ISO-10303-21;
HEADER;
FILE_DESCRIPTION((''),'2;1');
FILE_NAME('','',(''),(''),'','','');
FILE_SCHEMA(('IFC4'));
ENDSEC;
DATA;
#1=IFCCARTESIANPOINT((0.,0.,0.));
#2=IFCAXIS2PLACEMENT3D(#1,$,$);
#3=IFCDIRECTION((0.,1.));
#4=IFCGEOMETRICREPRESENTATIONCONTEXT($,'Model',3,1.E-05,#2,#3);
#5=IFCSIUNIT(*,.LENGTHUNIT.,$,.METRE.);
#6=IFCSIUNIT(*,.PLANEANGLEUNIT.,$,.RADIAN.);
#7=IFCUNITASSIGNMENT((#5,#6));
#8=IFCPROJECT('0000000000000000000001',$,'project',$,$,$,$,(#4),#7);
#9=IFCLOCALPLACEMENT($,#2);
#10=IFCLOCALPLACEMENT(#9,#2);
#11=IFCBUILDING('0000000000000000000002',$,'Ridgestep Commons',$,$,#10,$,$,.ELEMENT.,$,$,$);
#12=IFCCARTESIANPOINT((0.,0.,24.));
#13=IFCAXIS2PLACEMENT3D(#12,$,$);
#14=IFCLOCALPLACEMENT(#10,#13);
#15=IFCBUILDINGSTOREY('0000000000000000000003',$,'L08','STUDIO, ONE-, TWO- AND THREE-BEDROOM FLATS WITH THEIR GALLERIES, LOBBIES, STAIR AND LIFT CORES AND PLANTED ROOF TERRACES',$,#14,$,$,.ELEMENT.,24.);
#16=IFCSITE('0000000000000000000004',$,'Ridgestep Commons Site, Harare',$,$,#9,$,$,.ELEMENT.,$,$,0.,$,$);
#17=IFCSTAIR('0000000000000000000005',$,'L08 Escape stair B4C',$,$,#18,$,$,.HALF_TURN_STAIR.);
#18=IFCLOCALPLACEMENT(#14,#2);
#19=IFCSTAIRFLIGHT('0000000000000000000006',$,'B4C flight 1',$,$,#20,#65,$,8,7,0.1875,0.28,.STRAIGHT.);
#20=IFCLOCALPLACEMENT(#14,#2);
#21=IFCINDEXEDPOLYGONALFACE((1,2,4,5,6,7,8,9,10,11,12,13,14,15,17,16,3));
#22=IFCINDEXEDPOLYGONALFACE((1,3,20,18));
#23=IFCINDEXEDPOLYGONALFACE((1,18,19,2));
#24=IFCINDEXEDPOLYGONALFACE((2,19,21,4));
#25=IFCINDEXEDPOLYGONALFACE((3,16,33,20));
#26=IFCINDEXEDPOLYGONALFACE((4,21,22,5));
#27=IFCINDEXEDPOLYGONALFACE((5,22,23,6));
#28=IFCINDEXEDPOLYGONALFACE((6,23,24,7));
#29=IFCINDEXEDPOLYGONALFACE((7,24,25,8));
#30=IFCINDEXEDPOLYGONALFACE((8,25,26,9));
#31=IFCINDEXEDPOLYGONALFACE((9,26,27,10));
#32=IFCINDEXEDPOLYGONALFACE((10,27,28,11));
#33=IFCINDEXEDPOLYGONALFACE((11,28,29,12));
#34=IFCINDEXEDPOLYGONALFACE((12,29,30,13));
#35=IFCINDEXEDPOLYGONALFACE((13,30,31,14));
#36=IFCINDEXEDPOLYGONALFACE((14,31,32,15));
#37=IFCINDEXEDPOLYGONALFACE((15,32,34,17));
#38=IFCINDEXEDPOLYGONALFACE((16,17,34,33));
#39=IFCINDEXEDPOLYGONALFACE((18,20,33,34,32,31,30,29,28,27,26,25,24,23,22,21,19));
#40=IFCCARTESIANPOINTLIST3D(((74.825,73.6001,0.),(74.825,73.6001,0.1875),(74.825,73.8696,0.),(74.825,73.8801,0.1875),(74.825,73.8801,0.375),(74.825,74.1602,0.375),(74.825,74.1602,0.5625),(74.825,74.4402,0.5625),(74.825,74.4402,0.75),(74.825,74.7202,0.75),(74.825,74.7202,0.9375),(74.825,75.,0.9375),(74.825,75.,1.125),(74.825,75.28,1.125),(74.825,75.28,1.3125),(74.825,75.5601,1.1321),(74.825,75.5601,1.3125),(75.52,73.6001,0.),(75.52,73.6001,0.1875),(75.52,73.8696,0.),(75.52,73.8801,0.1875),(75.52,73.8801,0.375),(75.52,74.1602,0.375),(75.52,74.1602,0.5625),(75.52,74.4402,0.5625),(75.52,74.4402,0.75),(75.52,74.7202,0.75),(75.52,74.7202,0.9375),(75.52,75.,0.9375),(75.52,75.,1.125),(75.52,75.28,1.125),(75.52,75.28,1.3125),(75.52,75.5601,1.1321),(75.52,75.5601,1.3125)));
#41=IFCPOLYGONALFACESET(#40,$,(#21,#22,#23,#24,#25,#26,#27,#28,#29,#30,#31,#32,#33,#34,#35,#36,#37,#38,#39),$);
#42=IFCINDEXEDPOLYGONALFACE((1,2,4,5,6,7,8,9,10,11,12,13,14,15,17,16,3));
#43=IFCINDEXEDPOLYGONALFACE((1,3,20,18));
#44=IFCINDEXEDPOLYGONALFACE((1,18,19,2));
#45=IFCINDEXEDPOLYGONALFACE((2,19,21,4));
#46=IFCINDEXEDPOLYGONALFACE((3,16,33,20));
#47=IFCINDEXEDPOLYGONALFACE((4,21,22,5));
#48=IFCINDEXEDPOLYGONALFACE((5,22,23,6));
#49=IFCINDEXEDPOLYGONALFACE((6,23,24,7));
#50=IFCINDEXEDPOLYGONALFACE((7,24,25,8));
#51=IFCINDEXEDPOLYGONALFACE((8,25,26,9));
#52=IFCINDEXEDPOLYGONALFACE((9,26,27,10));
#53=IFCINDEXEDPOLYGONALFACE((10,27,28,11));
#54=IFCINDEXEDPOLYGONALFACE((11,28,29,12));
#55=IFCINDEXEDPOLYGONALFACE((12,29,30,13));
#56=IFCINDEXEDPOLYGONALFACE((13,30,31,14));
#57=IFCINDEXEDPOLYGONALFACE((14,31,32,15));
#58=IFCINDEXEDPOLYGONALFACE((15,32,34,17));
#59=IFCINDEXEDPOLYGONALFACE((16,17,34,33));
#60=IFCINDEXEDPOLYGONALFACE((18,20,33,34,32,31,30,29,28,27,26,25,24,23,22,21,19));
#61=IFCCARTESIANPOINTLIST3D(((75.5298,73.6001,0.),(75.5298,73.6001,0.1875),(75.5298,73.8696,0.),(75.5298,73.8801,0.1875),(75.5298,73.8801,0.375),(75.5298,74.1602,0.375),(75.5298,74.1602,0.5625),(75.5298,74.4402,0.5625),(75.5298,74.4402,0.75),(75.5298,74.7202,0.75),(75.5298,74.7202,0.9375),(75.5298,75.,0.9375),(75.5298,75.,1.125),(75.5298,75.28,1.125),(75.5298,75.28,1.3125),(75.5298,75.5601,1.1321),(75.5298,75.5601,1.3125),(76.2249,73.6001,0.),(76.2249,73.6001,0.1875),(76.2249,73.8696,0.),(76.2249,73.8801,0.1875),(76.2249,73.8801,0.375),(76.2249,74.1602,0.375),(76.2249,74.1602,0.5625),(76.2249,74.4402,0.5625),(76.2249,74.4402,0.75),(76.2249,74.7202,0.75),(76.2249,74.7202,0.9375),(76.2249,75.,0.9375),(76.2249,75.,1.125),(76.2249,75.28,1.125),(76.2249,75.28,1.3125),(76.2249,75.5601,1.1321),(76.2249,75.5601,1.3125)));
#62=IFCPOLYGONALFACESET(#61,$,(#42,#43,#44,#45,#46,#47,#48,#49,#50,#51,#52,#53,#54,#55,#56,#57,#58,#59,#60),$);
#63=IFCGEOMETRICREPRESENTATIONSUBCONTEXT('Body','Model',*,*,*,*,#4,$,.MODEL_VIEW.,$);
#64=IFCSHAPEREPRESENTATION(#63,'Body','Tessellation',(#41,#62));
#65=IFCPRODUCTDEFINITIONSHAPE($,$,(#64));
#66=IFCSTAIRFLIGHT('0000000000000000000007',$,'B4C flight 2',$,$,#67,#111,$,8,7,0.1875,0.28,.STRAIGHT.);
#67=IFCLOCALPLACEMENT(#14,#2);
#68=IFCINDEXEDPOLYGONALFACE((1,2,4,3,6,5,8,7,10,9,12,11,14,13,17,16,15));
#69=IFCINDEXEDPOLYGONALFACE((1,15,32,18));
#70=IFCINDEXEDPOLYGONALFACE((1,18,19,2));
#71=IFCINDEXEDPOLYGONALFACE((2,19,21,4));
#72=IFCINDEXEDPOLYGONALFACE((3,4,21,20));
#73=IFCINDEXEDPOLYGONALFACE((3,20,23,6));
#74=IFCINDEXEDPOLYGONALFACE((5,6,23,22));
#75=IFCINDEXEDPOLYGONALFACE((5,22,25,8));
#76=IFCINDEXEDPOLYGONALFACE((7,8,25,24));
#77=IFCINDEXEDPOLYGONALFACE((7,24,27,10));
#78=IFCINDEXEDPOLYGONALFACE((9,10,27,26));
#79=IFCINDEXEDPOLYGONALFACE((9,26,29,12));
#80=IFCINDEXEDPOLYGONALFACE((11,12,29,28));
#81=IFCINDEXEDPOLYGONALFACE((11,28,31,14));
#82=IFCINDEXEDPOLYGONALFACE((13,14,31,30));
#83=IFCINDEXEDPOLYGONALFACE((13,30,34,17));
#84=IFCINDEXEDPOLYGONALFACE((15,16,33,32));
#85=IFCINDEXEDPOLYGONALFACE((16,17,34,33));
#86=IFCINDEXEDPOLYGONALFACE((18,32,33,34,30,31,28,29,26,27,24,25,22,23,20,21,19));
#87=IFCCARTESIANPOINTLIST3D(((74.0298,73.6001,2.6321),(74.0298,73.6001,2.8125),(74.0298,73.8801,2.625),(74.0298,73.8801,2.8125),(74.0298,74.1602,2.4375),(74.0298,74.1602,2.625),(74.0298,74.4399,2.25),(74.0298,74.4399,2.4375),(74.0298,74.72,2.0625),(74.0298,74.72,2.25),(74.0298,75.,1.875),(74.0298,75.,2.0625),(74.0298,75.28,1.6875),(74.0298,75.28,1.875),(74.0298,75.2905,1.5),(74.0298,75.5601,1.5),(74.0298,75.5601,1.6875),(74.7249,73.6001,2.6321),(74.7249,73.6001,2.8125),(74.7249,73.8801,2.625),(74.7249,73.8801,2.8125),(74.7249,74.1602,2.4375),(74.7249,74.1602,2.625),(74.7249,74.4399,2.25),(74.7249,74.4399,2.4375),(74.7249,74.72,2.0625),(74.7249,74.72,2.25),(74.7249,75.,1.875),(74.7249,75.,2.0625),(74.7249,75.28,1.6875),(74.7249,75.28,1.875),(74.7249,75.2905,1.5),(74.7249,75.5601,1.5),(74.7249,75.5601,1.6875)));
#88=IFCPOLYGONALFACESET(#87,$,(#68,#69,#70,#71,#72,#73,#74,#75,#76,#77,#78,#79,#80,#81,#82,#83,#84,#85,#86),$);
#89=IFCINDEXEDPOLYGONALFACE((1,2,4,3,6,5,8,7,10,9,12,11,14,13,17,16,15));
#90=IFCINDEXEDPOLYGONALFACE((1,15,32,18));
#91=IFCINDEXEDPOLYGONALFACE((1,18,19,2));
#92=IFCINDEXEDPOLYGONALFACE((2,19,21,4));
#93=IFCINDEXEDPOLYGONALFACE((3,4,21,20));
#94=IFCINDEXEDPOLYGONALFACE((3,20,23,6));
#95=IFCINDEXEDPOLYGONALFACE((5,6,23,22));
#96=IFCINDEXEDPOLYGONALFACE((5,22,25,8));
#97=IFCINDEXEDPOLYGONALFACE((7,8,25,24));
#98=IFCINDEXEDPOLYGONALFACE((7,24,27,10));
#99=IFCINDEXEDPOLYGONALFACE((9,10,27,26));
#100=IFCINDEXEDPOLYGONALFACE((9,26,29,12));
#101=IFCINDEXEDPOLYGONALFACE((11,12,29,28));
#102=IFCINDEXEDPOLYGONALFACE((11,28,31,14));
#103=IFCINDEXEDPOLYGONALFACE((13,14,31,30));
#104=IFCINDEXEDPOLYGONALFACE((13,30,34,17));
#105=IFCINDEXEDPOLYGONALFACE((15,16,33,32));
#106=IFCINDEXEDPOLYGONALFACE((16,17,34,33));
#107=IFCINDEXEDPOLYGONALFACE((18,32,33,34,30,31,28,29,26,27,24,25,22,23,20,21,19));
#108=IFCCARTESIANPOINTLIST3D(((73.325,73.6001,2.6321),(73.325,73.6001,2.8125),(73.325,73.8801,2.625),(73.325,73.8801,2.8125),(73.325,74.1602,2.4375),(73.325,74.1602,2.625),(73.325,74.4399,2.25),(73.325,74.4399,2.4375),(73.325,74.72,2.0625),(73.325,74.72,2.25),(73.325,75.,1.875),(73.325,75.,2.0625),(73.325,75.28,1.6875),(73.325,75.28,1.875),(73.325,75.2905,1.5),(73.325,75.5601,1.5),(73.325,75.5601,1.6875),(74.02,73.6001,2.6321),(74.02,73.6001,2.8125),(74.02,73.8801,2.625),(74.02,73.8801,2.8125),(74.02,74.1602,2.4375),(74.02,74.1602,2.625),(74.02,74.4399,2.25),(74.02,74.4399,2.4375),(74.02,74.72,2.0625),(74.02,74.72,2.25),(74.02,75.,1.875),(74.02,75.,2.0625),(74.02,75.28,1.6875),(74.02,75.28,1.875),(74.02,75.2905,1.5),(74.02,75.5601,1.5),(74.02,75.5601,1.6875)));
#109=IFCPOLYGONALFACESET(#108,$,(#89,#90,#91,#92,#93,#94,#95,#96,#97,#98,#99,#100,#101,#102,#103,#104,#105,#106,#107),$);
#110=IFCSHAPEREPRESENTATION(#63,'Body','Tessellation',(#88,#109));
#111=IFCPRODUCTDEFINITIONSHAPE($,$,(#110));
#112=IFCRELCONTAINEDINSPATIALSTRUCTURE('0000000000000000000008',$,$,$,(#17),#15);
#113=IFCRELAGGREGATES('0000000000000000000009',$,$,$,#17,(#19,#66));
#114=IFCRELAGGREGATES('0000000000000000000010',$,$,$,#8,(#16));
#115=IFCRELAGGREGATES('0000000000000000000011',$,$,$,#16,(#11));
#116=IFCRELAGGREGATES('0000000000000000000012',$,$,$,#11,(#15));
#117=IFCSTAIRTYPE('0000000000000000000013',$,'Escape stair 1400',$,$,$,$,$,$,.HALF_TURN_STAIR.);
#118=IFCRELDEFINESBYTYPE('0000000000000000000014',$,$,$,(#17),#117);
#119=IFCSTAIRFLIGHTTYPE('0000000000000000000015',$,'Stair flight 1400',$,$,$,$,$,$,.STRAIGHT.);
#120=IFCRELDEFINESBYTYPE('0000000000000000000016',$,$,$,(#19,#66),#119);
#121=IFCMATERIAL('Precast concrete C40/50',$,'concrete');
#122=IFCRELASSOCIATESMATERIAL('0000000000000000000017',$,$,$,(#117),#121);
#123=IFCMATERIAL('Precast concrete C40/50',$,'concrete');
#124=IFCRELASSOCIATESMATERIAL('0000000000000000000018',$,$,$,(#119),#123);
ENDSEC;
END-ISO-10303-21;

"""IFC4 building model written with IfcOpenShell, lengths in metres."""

from ifc_helpers import new_model, si_unit, direction, frame, origin, place, context, subcontext, project, spatial, polyline, outline, extrude, material, type_object, element, aggregate, save


model = new_model("IFC4")

# Units and contexts
model_context = context("Model", 3, precision=1e-05, world=origin(), true_north=direction((0.0, 1.0)))
body_context = subcontext(model_context, "Body", "Model", "MODEL_VIEW")
ifc_project = project(units=[si_unit("LENGTHUNIT", "METRE"), si_unit("PLANEANGLEUNIT", "RADIAN")], contexts=[model_context])

# Site, building, storey
site_placement = place(None, origin())
site = spatial("IfcSite", under=ifc_project, at=site_placement, Name="Ridgestep Commons Site, Harare", CompositionType="ELEMENT", RefElevation=0.0)
building_placement = place(site_placement, origin())
building = spatial("IfcBuilding", under=site, at=building_placement, Name="Ridgestep Commons", CompositionType="ELEMENT")
storey_placement = place(building_placement, frame((0.0, 0.0, 24.0)))
storey = spatial("IfcBuildingStorey", under=building, at=storey_placement, Name="L08", Description="STUDIO, ONE-, TWO- AND THREE-BEDROOM FLATS WITH THEIR GALLERIES, LOBBIES, STAIR AND LIFT CORES AND PLANTED ROOF TERRACES", CompositionType="ELEMENT", Elevation=24.0)

# Stair, stair flights
ifc_material_1 = material(Name="Precast concrete C40/50", Category="concrete")
stair_type = type_object("IfcStairType", Name="Escape stair 1400", PredefinedType="HALF_TURN_STAIR", material=ifc_material_1)
stair_placement = place(storey_placement, origin())
stair = element("IfcStair", 1, at=stair_placement, inside=storey, type_object=stair_type, Name="L08 Escape stair B4C", PredefinedType="HALF_TURN_STAIR")
ifc_material_2 = material(Name="Precast concrete C40/50", Category="concrete")
stair_flight_type = type_object("IfcStairFlightType", Name="Stair flight 1400", PredefinedType="STRAIGHT", material=ifc_material_2)
stair_flight_1_placement = place(storey_placement, frame((75.5249, 73.6001, 0.0), z_axis=(0.0, 0.0, 1.0), x_axis=(0.0, 1.0, 0.0)))
stair_flight_1 = element("IfcStairFlight", 2, at=stair_flight_1_placement, type_object=stair_flight_type, Name="B4C flight 1", NumberOfRisers=8, NumberOfTreads=7, PredefinedType="STRAIGHT", RiserHeight=0.1875, TreadLength=0.28, context=body_context, shape_type="SweptSolid", body=[
    extrude(outline(polyline([(0.0, 0.0), (0.0, 0.1875), (0.28, 0.1875), (0.28, 0.375), (0.5601, 0.375), (0.5601, 0.5625), (0.8401, 0.5625), (0.8401, 0.75), (1.1201, 0.75), (1.1201, 0.9375), (1.3999, 0.9375), (1.3999, 1.125), (1.6799, 1.125), (1.6799, 1.3125), (1.96, 1.3125), (1.96, 1.5), (1.96, 1.1321), (0.2695, 0.0), (0.0, 0.0)])), frame((0.0, 0.7, 0.0), z_axis=(0.0, -1.0, 0.0), x_axis=(1.0, 0.0, 0.0)), (0.0, 0.0, 1.0), 0.6951),
    extrude(outline(polyline([(0.0, 0.0), (0.0, 0.1875), (0.28, 0.1875), (0.28, 0.375), (0.5601, 0.375), (0.5601, 0.5625), (0.8401, 0.5625), (0.8401, 0.75), (1.1201, 0.75), (1.1201, 0.9375), (1.3999, 0.9375), (1.3999, 1.125), (1.6799, 1.125), (1.6799, 1.3125), (1.96, 1.3125), (1.96, 1.5), (1.96, 1.1321), (0.2695, 0.0), (0.0, 0.0)])), frame((0.0, -0.0049, 0.0), z_axis=(0.0, -1.0, 0.0), x_axis=(1.0, 0.0, 0.0)), (0.0, 0.0, 1.0), 0.6951),
])
stair_flight_2_placement = place(storey_placement, frame((74.0249, 75.5601, 1.5), z_axis=(0.0, 0.0, 1.0), x_axis=(0.0, -1.0, 0.0)))
stair_flight_2 = element("IfcStairFlight", 3, at=stair_flight_2_placement, type_object=stair_flight_type, Name="B4C flight 2", NumberOfRisers=8, NumberOfTreads=7, PredefinedType="STRAIGHT", RiserHeight=0.1875, TreadLength=0.28, context=body_context, shape_type="SweptSolid", body=[
    extrude(outline(polyline([(0.0, 0.0), (0.0, 0.1875), (0.28, 0.1875), (0.28, 0.375), (0.5601, 0.375), (0.5601, 0.5625), (0.8401, 0.5625), (0.8401, 0.75), (1.1201, 0.75), (1.1201, 0.9375), (1.3999, 0.9375), (1.3999, 1.125), (1.6799, 1.125), (1.6799, 1.3125), (1.96, 1.3125), (1.96, 1.5), (1.96, 1.1321), (0.2695, 0.0), (0.0, 0.0)])), frame((0.0, 0.7, 0.0), z_axis=(0.0, -1.0, 0.0), x_axis=(1.0, 0.0, 0.0)), (0.0, 0.0, 1.0), 0.6951),
    extrude(outline(polyline([(0.0, 0.0), (0.0, 0.1875), (0.28, 0.1875), (0.28, 0.375), (0.5601, 0.375), (0.5601, 0.5625), (0.8401, 0.5625), (0.8401, 0.75), (1.1201, 0.75), (1.1201, 0.9375), (1.3999, 0.9375), (1.3999, 1.125), (1.6799, 1.125), (1.6799, 1.3125), (1.96, 1.3125), (1.96, 1.5), (1.96, 1.1321), (0.2695, 0.0), (0.0, 0.0)])), frame((0.0, -0.0049, 0.0), z_axis=(0.0, -1.0, 0.0), x_axis=(1.0, 0.0, 0.0)), (0.0, 0.0, 1.0), 0.6951),
])
aggregate(stair, [stair_flight_1, stair_flight_2])

save(model, "model.ifc")
